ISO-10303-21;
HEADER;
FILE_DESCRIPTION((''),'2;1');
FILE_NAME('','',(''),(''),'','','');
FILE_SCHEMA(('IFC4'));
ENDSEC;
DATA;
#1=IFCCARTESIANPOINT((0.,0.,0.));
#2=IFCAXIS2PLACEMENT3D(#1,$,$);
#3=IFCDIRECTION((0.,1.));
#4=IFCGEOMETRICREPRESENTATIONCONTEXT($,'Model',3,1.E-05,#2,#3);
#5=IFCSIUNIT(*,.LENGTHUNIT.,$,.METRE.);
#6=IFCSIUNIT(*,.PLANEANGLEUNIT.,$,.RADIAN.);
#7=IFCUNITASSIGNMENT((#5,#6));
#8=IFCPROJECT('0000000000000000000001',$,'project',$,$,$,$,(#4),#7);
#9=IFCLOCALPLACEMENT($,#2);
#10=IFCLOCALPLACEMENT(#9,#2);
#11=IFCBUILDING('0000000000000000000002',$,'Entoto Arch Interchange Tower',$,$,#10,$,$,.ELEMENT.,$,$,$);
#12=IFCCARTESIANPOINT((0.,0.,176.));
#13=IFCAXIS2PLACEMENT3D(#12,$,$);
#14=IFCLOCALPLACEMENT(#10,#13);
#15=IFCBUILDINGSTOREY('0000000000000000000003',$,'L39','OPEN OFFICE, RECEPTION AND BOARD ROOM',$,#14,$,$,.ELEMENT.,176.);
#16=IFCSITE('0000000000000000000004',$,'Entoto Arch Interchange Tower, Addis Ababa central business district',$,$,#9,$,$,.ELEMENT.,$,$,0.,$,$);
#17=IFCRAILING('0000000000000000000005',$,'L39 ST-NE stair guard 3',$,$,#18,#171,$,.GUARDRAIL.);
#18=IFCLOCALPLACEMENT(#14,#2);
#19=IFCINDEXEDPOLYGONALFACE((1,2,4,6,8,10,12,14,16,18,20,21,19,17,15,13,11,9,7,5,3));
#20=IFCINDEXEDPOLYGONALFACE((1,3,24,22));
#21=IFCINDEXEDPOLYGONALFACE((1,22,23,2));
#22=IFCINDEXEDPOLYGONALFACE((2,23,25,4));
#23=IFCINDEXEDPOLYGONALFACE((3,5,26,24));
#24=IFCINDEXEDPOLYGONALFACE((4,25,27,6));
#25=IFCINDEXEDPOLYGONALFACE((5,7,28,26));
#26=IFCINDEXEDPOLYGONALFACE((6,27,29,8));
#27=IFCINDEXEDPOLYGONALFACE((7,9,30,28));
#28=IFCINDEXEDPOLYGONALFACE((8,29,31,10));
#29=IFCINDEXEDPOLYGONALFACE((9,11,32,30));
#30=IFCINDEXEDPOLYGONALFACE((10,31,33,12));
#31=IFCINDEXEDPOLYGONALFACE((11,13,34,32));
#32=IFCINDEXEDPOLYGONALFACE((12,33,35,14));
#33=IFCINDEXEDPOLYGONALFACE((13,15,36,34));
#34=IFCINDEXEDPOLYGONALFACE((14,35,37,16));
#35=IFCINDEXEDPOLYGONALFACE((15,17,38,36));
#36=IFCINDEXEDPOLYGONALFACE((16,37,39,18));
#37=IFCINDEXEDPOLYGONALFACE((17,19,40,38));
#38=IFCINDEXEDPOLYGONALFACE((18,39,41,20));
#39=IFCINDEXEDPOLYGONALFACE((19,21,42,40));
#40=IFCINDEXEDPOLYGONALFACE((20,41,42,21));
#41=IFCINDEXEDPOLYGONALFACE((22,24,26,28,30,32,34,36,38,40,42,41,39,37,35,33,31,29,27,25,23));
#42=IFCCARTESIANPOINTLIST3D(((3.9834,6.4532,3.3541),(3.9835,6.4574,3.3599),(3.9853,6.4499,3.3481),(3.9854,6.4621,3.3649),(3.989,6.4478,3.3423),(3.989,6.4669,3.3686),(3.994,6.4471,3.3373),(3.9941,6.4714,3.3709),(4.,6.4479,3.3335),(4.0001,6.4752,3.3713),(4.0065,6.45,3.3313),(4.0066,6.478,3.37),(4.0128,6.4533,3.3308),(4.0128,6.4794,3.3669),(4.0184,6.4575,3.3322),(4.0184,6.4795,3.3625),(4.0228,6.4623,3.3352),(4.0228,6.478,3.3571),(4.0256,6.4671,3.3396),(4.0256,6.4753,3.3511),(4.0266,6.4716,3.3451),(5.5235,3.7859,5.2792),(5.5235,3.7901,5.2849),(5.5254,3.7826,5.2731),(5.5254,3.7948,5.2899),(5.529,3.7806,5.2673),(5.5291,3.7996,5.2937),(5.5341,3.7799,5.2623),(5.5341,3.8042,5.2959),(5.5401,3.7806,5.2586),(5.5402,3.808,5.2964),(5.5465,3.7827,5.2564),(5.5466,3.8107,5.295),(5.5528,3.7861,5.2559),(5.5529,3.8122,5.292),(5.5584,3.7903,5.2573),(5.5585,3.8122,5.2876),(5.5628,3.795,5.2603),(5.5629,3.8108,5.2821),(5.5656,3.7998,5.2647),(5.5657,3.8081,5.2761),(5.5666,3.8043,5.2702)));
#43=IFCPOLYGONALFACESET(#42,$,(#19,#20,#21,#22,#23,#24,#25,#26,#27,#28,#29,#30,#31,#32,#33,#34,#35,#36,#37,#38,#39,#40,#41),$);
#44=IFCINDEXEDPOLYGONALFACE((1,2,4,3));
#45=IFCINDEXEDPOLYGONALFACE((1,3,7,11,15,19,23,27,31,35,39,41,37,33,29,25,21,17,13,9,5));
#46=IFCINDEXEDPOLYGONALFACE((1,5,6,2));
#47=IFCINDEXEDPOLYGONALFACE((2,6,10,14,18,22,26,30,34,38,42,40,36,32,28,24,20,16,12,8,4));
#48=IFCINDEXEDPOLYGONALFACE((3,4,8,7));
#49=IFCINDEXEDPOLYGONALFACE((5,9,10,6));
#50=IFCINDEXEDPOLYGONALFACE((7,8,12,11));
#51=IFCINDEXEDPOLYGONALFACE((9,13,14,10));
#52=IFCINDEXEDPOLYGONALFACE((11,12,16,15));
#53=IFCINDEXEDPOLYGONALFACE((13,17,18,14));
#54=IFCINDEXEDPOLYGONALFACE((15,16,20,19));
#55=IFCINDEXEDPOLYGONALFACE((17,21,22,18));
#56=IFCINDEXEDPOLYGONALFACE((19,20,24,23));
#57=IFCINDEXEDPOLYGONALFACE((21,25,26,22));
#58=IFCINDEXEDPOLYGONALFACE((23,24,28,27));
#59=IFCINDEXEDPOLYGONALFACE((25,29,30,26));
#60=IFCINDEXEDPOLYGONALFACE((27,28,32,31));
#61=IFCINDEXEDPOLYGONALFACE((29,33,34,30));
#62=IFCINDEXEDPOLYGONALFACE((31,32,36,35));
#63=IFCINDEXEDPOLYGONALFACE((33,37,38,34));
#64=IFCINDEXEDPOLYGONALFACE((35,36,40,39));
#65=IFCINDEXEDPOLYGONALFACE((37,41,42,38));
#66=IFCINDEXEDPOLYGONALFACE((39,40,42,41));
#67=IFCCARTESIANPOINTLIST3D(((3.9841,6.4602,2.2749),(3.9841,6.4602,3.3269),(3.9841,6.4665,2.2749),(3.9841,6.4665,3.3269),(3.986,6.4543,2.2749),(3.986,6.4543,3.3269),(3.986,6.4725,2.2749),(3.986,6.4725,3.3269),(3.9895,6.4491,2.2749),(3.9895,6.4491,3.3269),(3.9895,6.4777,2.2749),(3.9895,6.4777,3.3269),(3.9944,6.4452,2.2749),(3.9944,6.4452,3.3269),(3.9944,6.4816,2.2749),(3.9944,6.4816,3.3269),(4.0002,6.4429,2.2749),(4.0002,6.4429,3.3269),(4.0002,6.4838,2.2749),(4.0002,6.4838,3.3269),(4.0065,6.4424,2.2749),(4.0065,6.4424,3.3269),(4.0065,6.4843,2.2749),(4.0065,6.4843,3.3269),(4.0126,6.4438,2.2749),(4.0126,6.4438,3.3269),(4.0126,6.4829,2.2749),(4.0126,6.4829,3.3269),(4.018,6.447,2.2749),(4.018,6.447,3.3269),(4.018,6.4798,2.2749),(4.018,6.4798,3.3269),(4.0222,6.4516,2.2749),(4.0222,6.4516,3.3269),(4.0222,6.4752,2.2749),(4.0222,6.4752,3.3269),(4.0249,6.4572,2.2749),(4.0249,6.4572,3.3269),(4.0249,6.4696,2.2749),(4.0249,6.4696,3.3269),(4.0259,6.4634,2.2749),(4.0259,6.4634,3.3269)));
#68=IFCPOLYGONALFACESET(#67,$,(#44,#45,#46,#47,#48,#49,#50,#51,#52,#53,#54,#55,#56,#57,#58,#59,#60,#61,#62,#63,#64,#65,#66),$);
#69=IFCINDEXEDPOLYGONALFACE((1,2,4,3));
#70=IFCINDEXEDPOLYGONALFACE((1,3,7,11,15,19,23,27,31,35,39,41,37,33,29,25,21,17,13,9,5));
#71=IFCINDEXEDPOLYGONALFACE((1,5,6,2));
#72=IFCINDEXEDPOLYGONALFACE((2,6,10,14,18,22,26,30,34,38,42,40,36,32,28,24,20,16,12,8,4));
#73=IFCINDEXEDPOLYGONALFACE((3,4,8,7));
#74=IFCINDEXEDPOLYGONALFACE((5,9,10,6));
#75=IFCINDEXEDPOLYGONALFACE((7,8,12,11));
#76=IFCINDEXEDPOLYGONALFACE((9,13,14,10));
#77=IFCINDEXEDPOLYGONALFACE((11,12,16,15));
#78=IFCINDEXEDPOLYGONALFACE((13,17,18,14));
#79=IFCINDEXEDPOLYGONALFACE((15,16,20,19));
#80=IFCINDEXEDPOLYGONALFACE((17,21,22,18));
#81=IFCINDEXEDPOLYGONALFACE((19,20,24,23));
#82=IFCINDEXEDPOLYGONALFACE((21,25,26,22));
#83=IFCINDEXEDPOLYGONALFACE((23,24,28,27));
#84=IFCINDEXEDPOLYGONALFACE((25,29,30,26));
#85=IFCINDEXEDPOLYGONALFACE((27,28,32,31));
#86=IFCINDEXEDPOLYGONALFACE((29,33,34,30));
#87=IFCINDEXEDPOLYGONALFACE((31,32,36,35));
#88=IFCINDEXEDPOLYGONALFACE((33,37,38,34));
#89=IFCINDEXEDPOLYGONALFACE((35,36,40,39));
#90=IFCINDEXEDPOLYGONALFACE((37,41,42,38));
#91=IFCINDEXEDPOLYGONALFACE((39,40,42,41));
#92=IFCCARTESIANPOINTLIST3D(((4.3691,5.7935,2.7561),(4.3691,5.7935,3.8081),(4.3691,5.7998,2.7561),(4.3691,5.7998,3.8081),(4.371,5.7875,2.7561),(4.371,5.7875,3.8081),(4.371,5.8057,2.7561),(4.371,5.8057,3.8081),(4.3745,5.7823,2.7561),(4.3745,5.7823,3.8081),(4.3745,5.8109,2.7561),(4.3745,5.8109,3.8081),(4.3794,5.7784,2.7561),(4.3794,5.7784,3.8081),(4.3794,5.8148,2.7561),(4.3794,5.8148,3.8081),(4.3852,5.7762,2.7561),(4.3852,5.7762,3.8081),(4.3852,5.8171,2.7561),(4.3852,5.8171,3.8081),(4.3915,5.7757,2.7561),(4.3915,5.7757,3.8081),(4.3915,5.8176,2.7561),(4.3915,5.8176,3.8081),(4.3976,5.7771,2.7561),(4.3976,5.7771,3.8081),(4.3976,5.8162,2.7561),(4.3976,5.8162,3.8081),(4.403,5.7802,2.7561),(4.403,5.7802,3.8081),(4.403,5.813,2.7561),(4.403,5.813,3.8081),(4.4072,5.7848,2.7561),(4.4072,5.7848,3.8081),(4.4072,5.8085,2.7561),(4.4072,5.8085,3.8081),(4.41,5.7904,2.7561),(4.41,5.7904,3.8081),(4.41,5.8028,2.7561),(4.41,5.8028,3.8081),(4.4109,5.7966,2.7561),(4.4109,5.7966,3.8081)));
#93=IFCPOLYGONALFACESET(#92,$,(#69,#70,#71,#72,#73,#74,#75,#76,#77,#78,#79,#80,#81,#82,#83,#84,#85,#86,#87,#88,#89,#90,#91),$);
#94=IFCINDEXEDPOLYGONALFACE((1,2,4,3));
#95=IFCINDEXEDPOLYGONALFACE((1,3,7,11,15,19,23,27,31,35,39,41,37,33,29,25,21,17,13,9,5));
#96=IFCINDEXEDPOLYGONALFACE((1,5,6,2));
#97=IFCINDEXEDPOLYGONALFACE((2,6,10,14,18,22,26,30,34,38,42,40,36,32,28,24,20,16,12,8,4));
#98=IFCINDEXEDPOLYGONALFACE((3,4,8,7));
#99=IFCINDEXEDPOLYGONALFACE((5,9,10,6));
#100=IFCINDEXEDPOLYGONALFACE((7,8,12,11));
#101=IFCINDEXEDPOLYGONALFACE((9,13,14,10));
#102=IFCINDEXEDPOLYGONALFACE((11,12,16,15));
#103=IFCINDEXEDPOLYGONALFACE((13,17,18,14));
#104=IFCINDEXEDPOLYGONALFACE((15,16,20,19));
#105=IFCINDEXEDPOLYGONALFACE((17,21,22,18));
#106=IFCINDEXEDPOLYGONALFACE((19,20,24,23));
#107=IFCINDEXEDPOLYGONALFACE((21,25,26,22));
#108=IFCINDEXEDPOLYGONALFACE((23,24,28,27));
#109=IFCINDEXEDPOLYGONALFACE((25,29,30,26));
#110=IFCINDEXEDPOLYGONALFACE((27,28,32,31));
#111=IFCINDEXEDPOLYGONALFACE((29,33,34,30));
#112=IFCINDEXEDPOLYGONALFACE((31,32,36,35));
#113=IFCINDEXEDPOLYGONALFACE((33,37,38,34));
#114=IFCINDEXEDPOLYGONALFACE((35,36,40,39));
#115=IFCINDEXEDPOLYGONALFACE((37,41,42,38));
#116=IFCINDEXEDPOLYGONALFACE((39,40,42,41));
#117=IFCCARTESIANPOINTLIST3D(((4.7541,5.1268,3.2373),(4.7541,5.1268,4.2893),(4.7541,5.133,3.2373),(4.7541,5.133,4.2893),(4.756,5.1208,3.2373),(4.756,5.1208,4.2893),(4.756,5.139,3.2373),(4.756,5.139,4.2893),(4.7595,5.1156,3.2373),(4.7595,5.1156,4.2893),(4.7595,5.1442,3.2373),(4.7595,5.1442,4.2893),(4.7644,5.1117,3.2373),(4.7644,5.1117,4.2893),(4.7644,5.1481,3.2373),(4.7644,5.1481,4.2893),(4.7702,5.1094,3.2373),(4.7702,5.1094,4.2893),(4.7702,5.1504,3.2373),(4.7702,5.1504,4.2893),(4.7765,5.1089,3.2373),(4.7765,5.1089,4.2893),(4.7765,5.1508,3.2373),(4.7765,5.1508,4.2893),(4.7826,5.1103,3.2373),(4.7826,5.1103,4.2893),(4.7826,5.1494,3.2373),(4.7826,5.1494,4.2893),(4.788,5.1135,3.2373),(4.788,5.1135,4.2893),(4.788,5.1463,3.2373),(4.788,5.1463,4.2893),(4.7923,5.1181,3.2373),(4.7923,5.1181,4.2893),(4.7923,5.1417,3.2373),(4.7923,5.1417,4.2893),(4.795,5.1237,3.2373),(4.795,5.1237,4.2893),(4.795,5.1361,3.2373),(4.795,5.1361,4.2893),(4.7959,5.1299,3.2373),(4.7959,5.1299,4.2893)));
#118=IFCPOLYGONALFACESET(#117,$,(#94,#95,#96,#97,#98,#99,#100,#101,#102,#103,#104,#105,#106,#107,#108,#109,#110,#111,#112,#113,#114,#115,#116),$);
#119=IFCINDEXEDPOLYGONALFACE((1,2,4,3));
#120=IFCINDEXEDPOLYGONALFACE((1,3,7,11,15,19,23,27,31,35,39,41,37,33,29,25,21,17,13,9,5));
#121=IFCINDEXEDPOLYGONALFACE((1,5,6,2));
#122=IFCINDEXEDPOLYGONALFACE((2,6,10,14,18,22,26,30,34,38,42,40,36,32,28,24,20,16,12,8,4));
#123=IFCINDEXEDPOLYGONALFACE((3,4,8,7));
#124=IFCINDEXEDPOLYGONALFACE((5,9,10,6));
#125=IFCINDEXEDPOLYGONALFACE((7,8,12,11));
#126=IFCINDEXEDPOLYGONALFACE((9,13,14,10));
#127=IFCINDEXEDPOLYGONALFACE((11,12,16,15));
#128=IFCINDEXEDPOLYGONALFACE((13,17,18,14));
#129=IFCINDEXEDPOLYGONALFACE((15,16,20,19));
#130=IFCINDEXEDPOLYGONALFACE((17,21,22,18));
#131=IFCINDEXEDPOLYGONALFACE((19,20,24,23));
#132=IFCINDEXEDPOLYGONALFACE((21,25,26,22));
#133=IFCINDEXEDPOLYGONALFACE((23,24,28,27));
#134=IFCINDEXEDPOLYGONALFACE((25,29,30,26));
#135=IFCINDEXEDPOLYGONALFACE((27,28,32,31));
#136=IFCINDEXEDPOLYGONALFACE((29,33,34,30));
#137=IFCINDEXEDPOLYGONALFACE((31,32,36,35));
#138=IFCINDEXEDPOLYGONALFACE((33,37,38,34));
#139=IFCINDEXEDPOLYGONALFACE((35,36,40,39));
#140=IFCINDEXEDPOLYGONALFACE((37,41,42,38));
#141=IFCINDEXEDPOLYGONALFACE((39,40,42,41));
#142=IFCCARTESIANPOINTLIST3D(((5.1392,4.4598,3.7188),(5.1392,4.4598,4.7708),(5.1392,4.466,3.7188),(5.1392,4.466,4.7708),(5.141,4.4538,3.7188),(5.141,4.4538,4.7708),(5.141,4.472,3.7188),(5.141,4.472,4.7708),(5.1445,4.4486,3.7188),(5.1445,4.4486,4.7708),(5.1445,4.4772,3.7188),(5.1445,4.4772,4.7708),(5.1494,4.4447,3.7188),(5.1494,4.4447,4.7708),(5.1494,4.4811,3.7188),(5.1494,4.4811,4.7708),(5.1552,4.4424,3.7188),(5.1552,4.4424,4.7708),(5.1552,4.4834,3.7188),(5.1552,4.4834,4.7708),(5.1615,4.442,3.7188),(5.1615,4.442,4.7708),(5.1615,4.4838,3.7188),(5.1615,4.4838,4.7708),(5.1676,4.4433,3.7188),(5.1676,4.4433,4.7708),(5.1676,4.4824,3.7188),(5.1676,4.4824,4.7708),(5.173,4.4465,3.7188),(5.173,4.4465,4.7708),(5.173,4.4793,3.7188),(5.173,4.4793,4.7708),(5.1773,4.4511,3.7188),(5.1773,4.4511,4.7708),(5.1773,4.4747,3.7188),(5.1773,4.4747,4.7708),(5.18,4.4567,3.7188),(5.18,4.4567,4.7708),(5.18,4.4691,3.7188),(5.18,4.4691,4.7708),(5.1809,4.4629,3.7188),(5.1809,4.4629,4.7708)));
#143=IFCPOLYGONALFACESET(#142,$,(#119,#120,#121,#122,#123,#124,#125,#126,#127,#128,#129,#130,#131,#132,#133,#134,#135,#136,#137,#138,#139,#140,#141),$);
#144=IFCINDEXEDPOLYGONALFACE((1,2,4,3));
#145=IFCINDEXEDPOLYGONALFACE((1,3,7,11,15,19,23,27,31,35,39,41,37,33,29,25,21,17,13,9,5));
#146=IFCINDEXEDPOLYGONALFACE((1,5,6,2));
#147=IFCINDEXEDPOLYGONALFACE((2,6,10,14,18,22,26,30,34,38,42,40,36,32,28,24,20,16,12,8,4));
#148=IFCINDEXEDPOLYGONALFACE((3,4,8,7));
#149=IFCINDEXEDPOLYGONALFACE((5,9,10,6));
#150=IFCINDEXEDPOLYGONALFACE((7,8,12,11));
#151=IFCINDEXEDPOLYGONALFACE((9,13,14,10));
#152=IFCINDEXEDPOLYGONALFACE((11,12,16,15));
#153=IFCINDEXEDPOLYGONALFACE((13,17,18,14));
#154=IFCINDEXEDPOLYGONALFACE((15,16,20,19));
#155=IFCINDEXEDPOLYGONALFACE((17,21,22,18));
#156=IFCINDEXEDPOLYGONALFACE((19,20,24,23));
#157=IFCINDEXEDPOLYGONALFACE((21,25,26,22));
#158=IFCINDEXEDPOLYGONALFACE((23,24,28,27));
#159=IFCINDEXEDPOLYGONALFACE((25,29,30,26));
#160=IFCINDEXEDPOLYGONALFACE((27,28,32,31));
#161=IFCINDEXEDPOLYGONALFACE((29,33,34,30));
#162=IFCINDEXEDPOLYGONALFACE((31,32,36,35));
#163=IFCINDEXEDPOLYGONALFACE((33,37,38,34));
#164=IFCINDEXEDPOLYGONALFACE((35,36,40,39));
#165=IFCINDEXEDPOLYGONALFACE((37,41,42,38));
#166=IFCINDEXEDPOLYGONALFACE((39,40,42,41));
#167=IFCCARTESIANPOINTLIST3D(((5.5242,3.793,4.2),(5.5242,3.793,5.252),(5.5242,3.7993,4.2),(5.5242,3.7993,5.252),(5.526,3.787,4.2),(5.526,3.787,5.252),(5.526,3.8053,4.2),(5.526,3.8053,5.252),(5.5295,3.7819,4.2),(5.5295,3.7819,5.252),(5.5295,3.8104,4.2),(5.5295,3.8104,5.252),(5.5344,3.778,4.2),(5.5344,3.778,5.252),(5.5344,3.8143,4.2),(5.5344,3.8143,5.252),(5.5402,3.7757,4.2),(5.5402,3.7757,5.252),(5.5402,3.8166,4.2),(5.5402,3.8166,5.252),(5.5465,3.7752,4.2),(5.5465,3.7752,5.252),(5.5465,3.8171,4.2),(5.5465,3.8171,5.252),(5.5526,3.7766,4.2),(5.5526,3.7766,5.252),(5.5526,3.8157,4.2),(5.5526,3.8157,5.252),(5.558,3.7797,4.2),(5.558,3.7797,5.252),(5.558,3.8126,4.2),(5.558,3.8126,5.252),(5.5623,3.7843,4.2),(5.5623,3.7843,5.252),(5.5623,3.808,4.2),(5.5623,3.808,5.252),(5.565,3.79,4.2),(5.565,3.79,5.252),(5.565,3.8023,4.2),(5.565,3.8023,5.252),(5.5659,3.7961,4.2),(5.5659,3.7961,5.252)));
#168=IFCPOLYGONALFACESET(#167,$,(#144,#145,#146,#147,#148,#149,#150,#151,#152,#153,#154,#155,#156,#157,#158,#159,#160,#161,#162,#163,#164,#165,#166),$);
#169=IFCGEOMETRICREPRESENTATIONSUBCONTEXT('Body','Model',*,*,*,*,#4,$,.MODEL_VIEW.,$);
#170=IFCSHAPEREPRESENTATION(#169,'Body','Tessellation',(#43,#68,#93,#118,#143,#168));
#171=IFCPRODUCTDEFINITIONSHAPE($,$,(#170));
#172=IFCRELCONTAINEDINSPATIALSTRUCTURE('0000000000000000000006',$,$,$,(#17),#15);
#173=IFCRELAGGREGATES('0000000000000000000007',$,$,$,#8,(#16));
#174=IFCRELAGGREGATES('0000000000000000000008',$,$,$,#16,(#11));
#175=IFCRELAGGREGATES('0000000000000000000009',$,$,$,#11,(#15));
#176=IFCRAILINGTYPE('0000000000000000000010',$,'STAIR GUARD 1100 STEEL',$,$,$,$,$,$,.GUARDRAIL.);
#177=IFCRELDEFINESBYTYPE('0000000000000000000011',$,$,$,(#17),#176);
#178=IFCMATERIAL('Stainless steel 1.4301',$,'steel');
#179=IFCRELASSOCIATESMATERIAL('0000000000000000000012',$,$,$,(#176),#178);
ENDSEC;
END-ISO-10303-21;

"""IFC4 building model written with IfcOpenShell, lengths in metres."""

from ifc_helpers import new_model, si_unit, direction, frame, origin, origin_2d, place, context, subcontext, project, spatial, circle, extrude, material, type_object, element, save


model = new_model("IFC4")

# Units and contexts
model_context = context("Model", 3, precision=1e-05, world=origin(), true_north=direction((0.0, 1.0)))
body_context = subcontext(model_context, "Body", "Model", "MODEL_VIEW")
ifc_project = project(units=[si_unit("LENGTHUNIT", "METRE"), si_unit("PLANEANGLEUNIT", "RADIAN")], contexts=[model_context])

# Site, building, storey
site_placement = place(None, origin())
site = spatial("IfcSite", under=ifc_project, at=site_placement, Name="Entoto Arch Interchange Tower, Addis Ababa central business district", CompositionType="ELEMENT", RefElevation=0.0)
building_placement = place(site_placement, origin())
building = spatial("IfcBuilding", under=site, at=building_placement, Name="Entoto Arch Interchange Tower", CompositionType="ELEMENT")
storey_placement = place(building_placement, frame((0.0, 0.0, 176.0)))
storey = spatial("IfcBuildingStorey", under=building, at=storey_placement, Name="L39", Description="OPEN OFFICE, RECEPTION AND BOARD ROOM", CompositionType="ELEMENT", Elevation=176.0)

# Railing
ifc_material_1 = material(Name="Stainless steel 1.4301", Category="steel")
railing_type_1 = type_object("IfcRailingType", Name="STAIR GUARD 1100 STEEL", PredefinedType="GUARDRAIL", material=ifc_material_1)
railing_1_placement = place(storey_placement, frame((4.0049, 6.4634, 2.2749)))
element("IfcRailing", 1, at=railing_1_placement, inside=storey, type_object=railing_type_1, Name="L39 ST-NE stair guard 3", PredefinedType="GUARDRAIL", context=body_context, shape_type="SweptSolid", body=[
    extrude(circle(Radius=0.0239, at=origin_2d()), frame((0.0, 0.0, 1.0762), z_axis=(0.424015, -0.734364, 0.530019), x_axis=(0.86601, 0.500027, 0.0)), (0.0, 0.0, 1.0), 3.6321),
    extrude(circle(Radius=0.021, at=origin_2d()), origin(), (0.0, 0.0, 1.0), 1.052),
    extrude(circle(Radius=0.021, at=origin_2d()), frame((0.385, -0.6667, 0.4812)), (0.0, 0.0, 1.0), 1.052),
    extrude(circle(Radius=0.021, at=origin_2d()), frame((0.77, -1.3335, 0.9624)), (0.0, 0.0, 1.0), 1.052),
    extrude(circle(Radius=0.021, at=origin_2d()), frame((1.155, -2.0005, 1.4438)), (0.0, 0.0, 1.0), 1.052),
    extrude(circle(Radius=0.021, at=origin_2d()), frame((1.54, -2.6672, 1.925)), (0.0, 0.0, 1.0), 1.052),
])

save(model, "model.ifc")
